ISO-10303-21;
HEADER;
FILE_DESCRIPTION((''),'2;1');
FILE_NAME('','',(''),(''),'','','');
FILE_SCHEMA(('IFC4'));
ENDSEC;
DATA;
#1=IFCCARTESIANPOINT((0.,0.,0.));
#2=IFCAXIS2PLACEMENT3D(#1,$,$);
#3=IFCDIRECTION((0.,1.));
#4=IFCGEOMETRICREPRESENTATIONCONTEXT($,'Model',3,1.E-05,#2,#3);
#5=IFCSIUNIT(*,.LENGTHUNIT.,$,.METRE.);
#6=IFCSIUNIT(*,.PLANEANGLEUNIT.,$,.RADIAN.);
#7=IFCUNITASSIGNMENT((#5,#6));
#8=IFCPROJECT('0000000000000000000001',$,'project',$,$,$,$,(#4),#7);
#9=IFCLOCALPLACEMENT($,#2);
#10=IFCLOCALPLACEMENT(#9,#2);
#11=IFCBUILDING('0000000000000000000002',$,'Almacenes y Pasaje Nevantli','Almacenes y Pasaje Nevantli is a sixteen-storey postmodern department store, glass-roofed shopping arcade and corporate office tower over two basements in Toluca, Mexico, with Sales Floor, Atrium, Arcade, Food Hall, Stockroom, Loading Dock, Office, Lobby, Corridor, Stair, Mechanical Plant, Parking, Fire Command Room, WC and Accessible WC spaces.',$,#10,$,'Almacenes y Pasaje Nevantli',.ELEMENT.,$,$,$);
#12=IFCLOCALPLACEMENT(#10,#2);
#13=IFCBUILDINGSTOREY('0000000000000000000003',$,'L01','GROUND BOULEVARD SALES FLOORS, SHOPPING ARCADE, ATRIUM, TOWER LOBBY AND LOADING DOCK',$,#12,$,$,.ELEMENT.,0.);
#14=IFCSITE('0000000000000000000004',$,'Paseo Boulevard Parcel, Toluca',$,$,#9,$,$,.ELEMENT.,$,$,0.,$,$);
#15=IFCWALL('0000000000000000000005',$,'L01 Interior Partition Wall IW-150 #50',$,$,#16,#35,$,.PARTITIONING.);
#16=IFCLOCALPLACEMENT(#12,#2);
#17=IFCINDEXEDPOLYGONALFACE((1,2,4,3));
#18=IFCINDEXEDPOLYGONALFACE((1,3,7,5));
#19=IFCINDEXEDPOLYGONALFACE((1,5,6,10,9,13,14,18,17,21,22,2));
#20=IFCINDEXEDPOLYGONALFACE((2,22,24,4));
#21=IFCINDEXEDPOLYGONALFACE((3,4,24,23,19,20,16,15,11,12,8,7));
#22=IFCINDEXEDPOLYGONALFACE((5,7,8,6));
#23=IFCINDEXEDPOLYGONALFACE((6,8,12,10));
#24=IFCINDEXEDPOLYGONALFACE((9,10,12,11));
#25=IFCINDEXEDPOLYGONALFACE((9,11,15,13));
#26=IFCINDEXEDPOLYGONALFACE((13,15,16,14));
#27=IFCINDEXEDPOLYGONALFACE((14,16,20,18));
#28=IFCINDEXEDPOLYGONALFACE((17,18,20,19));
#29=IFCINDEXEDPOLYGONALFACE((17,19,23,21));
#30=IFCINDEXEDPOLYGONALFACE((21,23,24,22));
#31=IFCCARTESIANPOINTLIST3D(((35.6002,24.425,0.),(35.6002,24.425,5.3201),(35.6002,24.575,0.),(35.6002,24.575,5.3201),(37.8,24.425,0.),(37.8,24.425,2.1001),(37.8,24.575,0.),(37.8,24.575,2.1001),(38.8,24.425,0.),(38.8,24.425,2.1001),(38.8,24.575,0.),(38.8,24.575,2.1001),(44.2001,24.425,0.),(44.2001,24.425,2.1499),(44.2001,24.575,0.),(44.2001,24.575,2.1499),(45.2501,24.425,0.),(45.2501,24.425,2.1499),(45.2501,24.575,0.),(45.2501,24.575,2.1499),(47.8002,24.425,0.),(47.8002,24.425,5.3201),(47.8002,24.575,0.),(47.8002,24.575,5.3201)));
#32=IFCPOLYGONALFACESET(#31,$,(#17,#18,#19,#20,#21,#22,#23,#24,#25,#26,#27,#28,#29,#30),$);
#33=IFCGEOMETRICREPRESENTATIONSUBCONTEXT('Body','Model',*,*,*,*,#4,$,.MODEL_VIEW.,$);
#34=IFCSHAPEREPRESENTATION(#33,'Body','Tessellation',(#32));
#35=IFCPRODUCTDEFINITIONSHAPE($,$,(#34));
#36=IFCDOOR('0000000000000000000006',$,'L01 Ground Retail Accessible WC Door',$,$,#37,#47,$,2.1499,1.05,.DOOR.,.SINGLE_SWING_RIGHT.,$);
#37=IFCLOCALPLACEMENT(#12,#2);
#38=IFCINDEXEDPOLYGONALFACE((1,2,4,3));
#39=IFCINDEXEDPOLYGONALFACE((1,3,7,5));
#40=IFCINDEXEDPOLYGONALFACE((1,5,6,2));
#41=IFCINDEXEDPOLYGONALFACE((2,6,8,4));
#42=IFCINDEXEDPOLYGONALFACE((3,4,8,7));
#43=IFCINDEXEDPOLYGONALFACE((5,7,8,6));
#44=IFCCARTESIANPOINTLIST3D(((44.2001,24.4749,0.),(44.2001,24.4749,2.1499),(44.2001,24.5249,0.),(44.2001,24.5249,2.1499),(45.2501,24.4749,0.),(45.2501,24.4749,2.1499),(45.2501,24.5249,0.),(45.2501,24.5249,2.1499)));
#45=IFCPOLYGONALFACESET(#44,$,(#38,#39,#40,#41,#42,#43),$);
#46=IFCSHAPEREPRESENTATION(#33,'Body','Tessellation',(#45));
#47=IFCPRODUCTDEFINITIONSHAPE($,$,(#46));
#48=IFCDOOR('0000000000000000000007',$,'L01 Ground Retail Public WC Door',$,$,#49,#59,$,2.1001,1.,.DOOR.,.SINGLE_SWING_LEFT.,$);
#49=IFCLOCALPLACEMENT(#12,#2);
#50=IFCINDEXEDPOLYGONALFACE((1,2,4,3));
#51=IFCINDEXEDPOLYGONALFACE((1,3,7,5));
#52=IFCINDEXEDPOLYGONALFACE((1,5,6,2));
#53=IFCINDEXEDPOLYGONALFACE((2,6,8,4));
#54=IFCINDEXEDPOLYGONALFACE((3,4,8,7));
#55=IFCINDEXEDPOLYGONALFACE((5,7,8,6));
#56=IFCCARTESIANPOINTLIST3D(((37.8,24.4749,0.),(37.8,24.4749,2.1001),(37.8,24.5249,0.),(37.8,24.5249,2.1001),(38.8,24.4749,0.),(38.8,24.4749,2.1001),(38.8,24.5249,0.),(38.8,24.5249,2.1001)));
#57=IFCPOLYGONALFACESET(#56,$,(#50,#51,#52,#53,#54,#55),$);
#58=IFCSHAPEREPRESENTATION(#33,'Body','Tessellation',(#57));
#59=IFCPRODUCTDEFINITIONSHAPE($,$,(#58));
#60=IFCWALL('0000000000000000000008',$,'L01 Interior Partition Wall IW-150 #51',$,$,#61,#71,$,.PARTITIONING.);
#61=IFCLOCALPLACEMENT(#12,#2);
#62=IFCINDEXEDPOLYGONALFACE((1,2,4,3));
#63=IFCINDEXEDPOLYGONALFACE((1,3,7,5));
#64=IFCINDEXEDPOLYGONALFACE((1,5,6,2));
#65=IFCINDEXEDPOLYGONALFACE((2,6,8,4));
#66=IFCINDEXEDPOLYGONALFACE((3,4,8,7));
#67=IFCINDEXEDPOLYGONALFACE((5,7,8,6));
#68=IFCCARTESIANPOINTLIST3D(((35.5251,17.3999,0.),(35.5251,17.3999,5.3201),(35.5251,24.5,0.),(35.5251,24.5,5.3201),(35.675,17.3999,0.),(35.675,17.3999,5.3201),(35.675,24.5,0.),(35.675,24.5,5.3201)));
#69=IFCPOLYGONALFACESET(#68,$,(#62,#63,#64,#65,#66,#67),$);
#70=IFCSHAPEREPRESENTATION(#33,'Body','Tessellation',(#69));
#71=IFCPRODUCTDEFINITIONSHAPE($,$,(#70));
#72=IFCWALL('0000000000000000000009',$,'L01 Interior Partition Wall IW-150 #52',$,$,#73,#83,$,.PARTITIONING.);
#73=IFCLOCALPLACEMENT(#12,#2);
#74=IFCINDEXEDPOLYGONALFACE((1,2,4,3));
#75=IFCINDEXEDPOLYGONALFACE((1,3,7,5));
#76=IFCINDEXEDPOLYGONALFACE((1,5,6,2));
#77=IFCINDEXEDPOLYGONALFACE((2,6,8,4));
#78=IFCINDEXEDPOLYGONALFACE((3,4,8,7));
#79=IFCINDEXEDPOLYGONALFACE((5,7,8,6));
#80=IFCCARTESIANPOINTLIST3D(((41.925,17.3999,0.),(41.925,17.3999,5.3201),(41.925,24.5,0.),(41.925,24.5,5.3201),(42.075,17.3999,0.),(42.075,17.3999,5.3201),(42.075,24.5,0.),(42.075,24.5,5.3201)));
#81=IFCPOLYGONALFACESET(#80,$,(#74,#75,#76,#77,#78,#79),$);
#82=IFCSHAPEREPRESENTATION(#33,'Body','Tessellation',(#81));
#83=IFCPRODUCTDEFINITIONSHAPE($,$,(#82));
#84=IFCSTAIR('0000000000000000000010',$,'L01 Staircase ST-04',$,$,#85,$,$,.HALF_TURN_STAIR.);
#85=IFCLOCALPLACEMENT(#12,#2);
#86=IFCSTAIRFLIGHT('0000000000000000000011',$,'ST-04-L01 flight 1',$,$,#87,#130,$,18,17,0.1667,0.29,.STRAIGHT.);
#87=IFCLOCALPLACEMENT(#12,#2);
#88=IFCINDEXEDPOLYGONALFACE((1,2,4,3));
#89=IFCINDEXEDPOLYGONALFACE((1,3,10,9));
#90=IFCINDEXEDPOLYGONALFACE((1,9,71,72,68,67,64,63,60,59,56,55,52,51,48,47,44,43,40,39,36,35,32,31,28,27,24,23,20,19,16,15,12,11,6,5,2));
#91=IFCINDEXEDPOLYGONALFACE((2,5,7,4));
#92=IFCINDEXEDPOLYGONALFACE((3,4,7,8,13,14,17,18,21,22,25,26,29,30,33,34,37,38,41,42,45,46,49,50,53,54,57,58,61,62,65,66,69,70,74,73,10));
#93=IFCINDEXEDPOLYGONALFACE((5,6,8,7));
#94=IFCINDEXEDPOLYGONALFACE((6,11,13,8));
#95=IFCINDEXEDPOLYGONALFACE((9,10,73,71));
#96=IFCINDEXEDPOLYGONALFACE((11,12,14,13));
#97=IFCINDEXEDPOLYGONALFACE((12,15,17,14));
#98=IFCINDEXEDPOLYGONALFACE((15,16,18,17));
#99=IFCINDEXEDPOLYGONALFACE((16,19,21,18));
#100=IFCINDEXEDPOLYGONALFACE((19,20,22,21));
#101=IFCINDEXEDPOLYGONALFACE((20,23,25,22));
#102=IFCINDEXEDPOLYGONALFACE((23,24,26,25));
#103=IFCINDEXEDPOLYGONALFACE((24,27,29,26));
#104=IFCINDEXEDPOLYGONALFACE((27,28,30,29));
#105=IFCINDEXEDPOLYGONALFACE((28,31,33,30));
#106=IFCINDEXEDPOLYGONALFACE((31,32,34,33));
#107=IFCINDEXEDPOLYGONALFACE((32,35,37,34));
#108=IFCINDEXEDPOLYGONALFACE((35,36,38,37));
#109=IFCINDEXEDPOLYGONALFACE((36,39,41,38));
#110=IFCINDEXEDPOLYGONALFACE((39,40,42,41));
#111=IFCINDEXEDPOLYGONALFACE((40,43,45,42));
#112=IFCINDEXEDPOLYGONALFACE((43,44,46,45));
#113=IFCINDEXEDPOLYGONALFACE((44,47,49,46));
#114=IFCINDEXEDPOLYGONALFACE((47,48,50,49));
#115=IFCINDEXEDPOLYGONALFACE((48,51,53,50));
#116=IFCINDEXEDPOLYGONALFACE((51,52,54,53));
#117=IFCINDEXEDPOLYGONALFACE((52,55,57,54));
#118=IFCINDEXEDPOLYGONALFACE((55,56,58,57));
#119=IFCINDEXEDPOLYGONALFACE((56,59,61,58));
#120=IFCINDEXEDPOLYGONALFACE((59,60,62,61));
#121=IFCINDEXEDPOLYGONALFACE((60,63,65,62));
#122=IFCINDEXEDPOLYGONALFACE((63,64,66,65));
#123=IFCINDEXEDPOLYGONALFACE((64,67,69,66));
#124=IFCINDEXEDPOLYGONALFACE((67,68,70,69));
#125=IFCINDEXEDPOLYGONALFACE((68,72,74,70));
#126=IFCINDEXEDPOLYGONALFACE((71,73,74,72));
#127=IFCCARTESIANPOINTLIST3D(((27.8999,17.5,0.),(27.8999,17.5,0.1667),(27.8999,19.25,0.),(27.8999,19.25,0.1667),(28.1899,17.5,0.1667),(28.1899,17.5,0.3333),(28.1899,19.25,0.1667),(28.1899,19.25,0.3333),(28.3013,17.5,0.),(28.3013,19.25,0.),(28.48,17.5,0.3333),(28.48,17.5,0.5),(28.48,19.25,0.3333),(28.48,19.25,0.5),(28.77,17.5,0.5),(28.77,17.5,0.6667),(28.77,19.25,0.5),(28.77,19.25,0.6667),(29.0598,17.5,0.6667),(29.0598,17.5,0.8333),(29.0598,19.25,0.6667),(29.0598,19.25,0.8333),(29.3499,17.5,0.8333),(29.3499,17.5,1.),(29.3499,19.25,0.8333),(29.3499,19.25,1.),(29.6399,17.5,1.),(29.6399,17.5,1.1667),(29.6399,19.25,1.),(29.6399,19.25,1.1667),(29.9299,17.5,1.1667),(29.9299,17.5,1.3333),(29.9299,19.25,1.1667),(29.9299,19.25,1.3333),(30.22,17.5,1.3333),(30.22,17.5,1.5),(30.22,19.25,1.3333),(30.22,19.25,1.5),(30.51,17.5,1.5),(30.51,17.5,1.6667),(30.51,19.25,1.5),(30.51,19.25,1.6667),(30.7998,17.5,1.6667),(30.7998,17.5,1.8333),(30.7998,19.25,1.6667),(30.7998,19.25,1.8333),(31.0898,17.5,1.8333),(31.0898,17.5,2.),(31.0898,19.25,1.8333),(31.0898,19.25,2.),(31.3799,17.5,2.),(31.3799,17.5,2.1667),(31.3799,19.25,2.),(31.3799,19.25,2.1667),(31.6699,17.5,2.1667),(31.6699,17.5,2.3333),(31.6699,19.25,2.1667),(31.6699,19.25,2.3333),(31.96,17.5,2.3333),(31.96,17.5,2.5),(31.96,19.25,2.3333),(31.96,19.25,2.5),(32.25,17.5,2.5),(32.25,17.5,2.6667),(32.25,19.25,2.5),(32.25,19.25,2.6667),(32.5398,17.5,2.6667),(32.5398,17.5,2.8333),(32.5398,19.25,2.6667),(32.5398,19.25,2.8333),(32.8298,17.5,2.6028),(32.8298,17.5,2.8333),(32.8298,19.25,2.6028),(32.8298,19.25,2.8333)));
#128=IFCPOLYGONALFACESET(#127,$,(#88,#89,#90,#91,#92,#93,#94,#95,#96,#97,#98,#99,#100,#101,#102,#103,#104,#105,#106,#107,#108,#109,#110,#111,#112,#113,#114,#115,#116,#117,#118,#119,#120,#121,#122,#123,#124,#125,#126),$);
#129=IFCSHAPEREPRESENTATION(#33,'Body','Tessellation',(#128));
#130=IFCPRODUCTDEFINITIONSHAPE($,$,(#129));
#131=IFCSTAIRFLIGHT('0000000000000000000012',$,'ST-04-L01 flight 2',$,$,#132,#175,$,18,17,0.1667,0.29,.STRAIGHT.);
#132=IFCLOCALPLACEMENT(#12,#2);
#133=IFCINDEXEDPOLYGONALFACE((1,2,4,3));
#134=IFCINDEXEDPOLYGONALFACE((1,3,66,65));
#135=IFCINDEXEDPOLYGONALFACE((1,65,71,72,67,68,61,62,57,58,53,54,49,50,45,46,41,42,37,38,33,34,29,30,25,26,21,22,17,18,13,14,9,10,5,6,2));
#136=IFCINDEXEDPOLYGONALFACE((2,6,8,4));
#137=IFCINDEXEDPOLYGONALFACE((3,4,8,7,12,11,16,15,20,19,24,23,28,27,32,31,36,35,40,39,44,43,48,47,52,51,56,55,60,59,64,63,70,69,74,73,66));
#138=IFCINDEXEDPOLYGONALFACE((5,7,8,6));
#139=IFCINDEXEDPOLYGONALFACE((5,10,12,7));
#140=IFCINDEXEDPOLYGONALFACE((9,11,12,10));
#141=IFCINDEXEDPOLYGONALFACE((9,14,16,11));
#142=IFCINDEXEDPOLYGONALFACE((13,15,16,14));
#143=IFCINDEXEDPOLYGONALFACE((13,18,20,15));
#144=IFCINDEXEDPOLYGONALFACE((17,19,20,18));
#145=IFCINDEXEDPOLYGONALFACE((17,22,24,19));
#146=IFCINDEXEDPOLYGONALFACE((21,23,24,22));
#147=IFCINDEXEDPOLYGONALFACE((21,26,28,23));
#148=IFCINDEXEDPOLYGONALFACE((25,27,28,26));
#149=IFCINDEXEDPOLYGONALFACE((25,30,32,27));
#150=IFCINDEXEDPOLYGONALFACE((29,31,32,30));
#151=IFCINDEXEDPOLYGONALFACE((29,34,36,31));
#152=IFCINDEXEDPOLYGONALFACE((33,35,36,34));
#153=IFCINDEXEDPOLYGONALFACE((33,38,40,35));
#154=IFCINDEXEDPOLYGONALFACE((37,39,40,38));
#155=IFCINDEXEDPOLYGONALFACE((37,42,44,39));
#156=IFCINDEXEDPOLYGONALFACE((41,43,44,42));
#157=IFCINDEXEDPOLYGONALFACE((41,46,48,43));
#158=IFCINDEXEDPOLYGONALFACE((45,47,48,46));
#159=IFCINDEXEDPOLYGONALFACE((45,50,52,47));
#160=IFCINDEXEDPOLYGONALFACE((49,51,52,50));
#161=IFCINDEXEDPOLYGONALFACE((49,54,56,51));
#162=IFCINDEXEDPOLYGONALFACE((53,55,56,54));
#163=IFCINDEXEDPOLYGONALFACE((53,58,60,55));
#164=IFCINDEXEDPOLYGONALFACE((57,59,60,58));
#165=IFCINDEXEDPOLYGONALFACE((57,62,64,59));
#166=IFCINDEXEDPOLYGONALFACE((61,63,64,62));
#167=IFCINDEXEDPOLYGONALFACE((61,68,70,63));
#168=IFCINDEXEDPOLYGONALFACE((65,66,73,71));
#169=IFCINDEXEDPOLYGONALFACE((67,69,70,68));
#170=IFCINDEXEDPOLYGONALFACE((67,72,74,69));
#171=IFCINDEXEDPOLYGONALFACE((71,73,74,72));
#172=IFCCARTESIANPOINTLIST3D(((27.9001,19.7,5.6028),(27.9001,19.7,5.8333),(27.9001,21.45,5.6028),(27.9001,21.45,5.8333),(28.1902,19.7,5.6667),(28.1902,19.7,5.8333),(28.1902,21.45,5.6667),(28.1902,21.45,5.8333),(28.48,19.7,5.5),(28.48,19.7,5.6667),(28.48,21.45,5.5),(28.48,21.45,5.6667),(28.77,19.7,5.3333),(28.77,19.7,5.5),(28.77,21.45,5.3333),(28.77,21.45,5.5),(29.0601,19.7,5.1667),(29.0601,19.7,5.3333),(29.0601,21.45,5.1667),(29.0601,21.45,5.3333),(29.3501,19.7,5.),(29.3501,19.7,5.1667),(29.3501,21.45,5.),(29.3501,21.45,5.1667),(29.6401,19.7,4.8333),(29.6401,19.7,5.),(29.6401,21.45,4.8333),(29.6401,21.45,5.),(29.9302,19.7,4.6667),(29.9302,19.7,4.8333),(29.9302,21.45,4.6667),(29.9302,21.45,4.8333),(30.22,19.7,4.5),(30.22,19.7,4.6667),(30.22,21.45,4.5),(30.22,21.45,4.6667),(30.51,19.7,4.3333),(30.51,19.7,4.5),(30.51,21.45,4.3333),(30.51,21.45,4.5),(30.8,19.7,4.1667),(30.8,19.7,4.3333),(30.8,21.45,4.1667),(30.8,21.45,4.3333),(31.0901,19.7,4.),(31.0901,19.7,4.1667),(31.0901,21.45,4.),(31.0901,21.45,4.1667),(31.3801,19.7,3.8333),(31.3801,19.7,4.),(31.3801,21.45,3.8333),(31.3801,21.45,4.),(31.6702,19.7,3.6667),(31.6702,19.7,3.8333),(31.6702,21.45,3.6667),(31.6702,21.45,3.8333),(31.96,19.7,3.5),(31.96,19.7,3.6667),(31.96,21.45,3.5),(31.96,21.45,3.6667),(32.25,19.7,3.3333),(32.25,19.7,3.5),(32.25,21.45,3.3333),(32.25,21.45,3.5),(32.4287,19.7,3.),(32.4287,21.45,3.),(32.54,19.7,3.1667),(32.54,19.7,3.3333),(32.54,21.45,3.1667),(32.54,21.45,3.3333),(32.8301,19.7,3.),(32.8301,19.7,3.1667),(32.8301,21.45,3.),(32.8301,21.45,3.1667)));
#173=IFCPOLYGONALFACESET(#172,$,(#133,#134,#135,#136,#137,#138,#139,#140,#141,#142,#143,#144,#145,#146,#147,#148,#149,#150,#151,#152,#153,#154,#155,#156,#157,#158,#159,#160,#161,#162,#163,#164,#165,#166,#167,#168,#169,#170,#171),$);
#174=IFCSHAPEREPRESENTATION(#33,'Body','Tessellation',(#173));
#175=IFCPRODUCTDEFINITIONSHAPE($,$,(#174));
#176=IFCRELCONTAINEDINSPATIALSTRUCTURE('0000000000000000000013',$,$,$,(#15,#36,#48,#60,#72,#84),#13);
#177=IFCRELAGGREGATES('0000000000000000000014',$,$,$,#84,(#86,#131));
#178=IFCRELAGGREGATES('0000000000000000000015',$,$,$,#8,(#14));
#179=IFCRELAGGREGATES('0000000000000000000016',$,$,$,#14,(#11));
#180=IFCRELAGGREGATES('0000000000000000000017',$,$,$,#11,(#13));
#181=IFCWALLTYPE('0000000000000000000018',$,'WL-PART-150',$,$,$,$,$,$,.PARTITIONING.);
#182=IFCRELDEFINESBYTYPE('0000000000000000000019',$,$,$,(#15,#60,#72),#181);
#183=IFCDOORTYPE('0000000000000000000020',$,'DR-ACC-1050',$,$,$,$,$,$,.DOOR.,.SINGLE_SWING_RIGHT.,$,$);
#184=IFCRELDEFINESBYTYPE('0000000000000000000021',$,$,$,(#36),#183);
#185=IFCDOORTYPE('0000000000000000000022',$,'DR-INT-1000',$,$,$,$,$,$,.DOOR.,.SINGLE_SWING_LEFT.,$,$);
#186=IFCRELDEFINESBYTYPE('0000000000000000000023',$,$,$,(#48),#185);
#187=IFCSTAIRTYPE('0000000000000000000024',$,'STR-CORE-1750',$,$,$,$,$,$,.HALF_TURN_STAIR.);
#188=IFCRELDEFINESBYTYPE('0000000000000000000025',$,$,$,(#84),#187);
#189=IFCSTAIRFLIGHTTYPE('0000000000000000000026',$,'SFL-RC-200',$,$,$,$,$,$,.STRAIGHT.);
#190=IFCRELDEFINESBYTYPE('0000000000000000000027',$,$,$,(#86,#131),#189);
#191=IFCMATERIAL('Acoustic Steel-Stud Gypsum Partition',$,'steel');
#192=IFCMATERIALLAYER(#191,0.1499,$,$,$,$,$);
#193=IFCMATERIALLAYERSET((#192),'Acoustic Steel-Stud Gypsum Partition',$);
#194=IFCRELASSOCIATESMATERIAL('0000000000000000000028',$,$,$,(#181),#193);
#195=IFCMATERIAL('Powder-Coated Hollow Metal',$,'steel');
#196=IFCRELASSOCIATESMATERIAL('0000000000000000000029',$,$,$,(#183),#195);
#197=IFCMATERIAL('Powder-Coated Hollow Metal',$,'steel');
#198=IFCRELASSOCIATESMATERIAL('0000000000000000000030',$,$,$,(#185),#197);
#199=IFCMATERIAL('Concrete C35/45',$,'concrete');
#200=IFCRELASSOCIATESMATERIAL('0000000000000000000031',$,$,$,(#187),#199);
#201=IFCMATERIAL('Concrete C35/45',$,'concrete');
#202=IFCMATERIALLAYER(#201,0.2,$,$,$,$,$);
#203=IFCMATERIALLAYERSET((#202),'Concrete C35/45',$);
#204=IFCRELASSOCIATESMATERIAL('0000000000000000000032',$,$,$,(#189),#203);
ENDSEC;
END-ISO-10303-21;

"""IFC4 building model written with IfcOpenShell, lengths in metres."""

from ifc_helpers import new_model, si_unit, direction, frame, frame_2d, origin, place, context, subcontext, project, spatial, polyline, rectangle, outline, extrude, material, layer, layer_set, type_object, element, fill, aggregate, save


model = new_model("IFC4")

# Units and contexts
model_context = context("Model", 3, precision=1e-05, world=origin(), true_north=direction((0.0, 1.0)))
body_context = subcontext(model_context, "Body", "Model", "MODEL_VIEW")
ifc_project = project(units=[si_unit("LENGTHUNIT", "METRE"), si_unit("PLANEANGLEUNIT", "RADIAN")], contexts=[model_context])

# Site, building, storey
site_placement = place(None, origin())
site = spatial("IfcSite", under=ifc_project, at=site_placement, Name="Paseo Boulevard Parcel, Toluca", CompositionType="ELEMENT", RefElevation=0.0)
building_placement = place(site_placement, origin())
building = spatial("IfcBuilding", under=site, at=building_placement, Name="Almacenes y Pasaje Nevantli", Description="Almacenes y Pasaje Nevantli is a sixteen-storey postmodern department store, glass-roofed shopping arcade and corporate office tower over two basements in Toluca, Mexico, with Sales Floor, Atrium, Arcade, Food Hall, Stockroom, Loading Dock, Office, Lobby, Corridor, Stair, Mechanical Plant, Parking, Fire Command Room, WC and Accessible WC spaces.", LongName="Almacenes y Pasaje Nevantli", CompositionType="ELEMENT")
storey_placement = place(building_placement, origin())
storey = spatial("IfcBuildingStorey", under=building, at=storey_placement, Name="L01", Description="GROUND BOULEVARD SALES FLOORS, SHOPPING ARCADE, ATRIUM, TOWER LOBBY AND LOADING DOCK", CompositionType="ELEMENT", Elevation=0.0)

# Wall, openings, doors
ifc_material_1 = material(Name="Acoustic Steel-Stud Gypsum Partition", Category="steel")
ifc_layer_1 = layer(ifc_material_1, 0.1499)
ifc_layer_set_1 = layer_set([ifc_layer_1], Name="Acoustic Steel-Stud Gypsum Partition")
wall_type_1 = type_object("IfcWallType", Name="WL-PART-150", PredefinedType="PARTITIONING", material=ifc_layer_set_1)
wall_1_placement = place(storey_placement, frame((35.6001, 24.5, 0.0), z_axis=(0.0, 0.0, 1.0), x_axis=(1.0, 0.0, 0.0)))
wall_1 = element("IfcWall", 1, at=wall_1_placement, inside=storey, type_object=wall_type_1, Name="L01 Interior Partition Wall IW-150 #50", PredefinedType="PARTITIONING", context=body_context, shape_type="SweptSolid", body=[
    extrude(rectangle(XDim=12.2, YDim=0.1499, at=frame_2d((6.1001, 0.0))), origin(), (0.0, 0.0, 1.0), 5.3201),
])
opening_1_placement = place(wall_1_placement, frame((2.2, 0.0, 0.0)))
opening_1 = element("IfcOpeningElement", 2, at=opening_1_placement, cuts=wall_1, PredefinedType="OPENING", context=body_context, shape_type="SweptSolid", body=[
    extrude(rectangle(XDim=1.0, YDim=2.1001, at=frame_2d((0.5, 1.05))), frame((0.0, 0.085, 0.0), z_axis=(0.0, -1.0, 0.0), x_axis=(1.0, 0.0, 0.0)), (0.0, 0.0, 1.0), 0.1699),
])
opening_2_placement = place(wall_1_placement, frame((8.6001, 0.0, 0.0)))
opening_2 = element("IfcOpeningElement", 3, at=opening_2_placement, cuts=wall_1, PredefinedType="OPENING", context=body_context, shape_type="SweptSolid", body=[
    extrude(rectangle(XDim=1.05, YDim=2.1499, at=frame_2d((0.5249, 1.075))), frame((0.0, 0.085, 0.0), z_axis=(0.0, -1.0, 0.0), x_axis=(1.0, 0.0, 0.0)), (0.0, 0.0, 1.0), 0.1699),
])
ifc_material_2 = material(Name="Powder-Coated Hollow Metal", Category="steel")
door_type_1 = type_object("IfcDoorType", Name="DR-ACC-1050", OperationType="SINGLE_SWING_RIGHT", PredefinedType="DOOR", material=ifc_material_2)
door_1_placement = place(opening_2_placement, origin())
door_1 = element("IfcDoor", 4, at=door_1_placement, inside=storey, type_object=door_type_1, Name="L01 Ground Retail Accessible WC Door", OperationType="SINGLE_SWING_RIGHT", OverallHeight=2.1499, OverallWidth=1.05, PredefinedType="DOOR", context=body_context, shape_type="SweptSolid", body=[
    extrude(rectangle(XDim=1.05, YDim=2.1499, at=frame_2d((0.5249, 1.075))), frame((0.0, 0.0249, 0.0), z_axis=(0.0, -1.0, 0.0), x_axis=(1.0, 0.0, 0.0)), (0.0, 0.0, 1.0), 0.05),
])
fill(opening_2, door_1)
ifc_material_3 = material(Name="Powder-Coated Hollow Metal", Category="steel")
door_type_2 = type_object("IfcDoorType", Name="DR-INT-1000", OperationType="SINGLE_SWING_LEFT", PredefinedType="DOOR", material=ifc_material_3)
door_2_placement = place(opening_1_placement, origin())
door_2 = element("IfcDoor", 5, at=door_2_placement, inside=storey, type_object=door_type_2, Name="L01 Ground Retail Public WC Door", OperationType="SINGLE_SWING_LEFT", OverallHeight=2.1001, OverallWidth=1.0, PredefinedType="DOOR", context=body_context, shape_type="SweptSolid", body=[
    extrude(rectangle(XDim=1.0, YDim=2.1001, at=frame_2d((0.5, 1.05))), frame((0.0, 0.0249, 0.0), z_axis=(0.0, -1.0, 0.0), x_axis=(1.0, 0.0, 0.0)), (0.0, 0.0, 1.0), 0.05),
])
fill(opening_1, door_2)

# Walls
for number, where, z_axis, x_axis, name in (
    (6, (35.6001, 17.3999, 0.0), (0.0, 0.0, 1.0), (0.0, 1.0, 0.0), "L01 Interior Partition Wall IW-150 #51"),
    (7, (42.0, 17.3999, 0.0), (0.0, 0.0, 1.0), (0.0, 1.0, 0.0), "L01 Interior Partition Wall IW-150 #52"),
):
    element("IfcWall", number, at=place(storey_placement, frame(where, z_axis=z_axis, x_axis=x_axis)), inside=storey, type_object=wall_type_1, Name=name, PredefinedType="PARTITIONING", context=body_context, shape_type="SweptSolid", body=[
        extrude(rectangle(XDim=7.1001, YDim=0.1499, at=frame_2d((3.55, 0.0))), origin(), (0.0, 0.0, 1.0), 5.3201),
    ])

# Stair, stair flights
ifc_material_4 = material(Name="Concrete C35/45", Category="concrete")
stair_type = type_object("IfcStairType", Name="STR-CORE-1750", PredefinedType="HALF_TURN_STAIR", material=ifc_material_4)
stair_placement = place(storey_placement, origin())
stair = element("IfcStair", 8, at=stair_placement, inside=storey, type_object=stair_type, Name="L01 Staircase ST-04", PredefinedType="HALF_TURN_STAIR")
ifc_material_5 = material(Name="Concrete C35/45", Category="concrete")
ifc_layer_2 = layer(ifc_material_5, 0.2)
ifc_layer_set_2 = layer_set([ifc_layer_2], Name="Concrete C35/45")
stair_flight_type = type_object("IfcStairFlightType", Name="SFL-RC-200", PredefinedType="STRAIGHT", material=ifc_layer_set_2)
stair_flight_1_placement = place(storey_placement, frame((27.8999, 18.375, 0.0), z_axis=(0.0, 0.0, 1.0), x_axis=(1.0, 0.0, 0.0)))
stair_flight_1 = element("IfcStairFlight", 9, at=stair_flight_1_placement, type_object=stair_flight_type, Name="ST-04-L01 flight 1", NumberOfRisers=18, NumberOfTreads=17, PredefinedType="STRAIGHT", RiserHeight=0.1667, TreadLength=0.29, context=body_context, shape_type="SweptSolid", body=[
    extrude(outline(polyline([(0.0, 0.0), (0.0, 0.1667), (0.29, 0.1667), (0.29, 0.3333), (0.5801, 0.3333), (0.5801, 0.5), (0.8701, 0.5), (0.8701, 0.6667), (1.1599, 0.6667), (1.1599, 0.8333), (1.45, 0.8333), (1.45, 1.0), (1.74, 1.0), (1.74, 1.1667), (2.03, 1.1667), (2.03, 1.3333), (2.3201, 1.3333), (2.3201, 1.5), (2.6101, 1.5), (2.6101, 1.6667), (2.8999, 1.6667), (2.8999, 1.8333), (3.1899, 1.8333), (3.1899, 2.0), (3.48, 2.0), (3.48, 2.1667), (3.77, 2.1667), (3.77, 2.3333), (4.0601, 2.3333), (4.0601, 2.5), (4.3501, 2.5), (4.3501, 2.6667), (4.6399, 2.6667), (4.6399, 2.8333), (4.9299, 2.8333), (4.9299, 3.0), (4.9299, 2.6028), (0.4014, 0.0), (0.0, 0.0)])), frame((0.0, 0.875, 0.0), z_axis=(0.0, -1.0, 0.0), x_axis=(1.0, 0.0, 0.0)), (0.0, 0.0, 1.0), 1.75),
])
stair_flight_2_placement = place(storey_placement, frame((32.8301, 20.575, 3.0), z_axis=(0.0, 0.0, 1.0), x_axis=(-1.0, 0.0, 0.0)))
stair_flight_2 = element("IfcStairFlight", 10, at=stair_flight_2_placement, type_object=stair_flight_type, Name="ST-04-L01 flight 2", NumberOfRisers=18, NumberOfTreads=17, PredefinedType="STRAIGHT", RiserHeight=0.1667, TreadLength=0.29, context=body_context, shape_type="SweptSolid", body=[
    extrude(outline(polyline([(0.0, 0.0), (0.0, 0.1667), (0.29, 0.1667), (0.29, 0.3333), (0.5801, 0.3333), (0.5801, 0.5), (0.8701, 0.5), (0.8701, 0.6667), (1.1599, 0.6667), (1.1599, 0.8333), (1.45, 0.8333), (1.45, 1.0), (1.74, 1.0), (1.74, 1.1667), (2.03, 1.1667), (2.03, 1.3333), (2.3201, 1.3333), (2.3201, 1.5), (2.6101, 1.5), (2.6101, 1.6667), (2.8999, 1.6667), (2.8999, 1.8333), (3.1899, 1.8333), (3.1899, 2.0), (3.48, 2.0), (3.48, 2.1667), (3.77, 2.1667), (3.77, 2.3333), (4.0601, 2.3333), (4.0601, 2.5), (4.3501, 2.5), (4.3501, 2.6667), (4.6399, 2.6667), (4.6399, 2.8333), (4.9299, 2.8333), (4.9299, 3.0), (4.9299, 2.6028), (0.4014, 0.0), (0.0, 0.0)])), frame((0.0, 0.875, 0.0), z_axis=(0.0, -1.0, 0.0), x_axis=(1.0, 0.0, 0.0)), (0.0, 0.0, 1.0), 1.75),
])
aggregate(stair, [stair_flight_1, stair_flight_2])

save(model, "model.ifc")
